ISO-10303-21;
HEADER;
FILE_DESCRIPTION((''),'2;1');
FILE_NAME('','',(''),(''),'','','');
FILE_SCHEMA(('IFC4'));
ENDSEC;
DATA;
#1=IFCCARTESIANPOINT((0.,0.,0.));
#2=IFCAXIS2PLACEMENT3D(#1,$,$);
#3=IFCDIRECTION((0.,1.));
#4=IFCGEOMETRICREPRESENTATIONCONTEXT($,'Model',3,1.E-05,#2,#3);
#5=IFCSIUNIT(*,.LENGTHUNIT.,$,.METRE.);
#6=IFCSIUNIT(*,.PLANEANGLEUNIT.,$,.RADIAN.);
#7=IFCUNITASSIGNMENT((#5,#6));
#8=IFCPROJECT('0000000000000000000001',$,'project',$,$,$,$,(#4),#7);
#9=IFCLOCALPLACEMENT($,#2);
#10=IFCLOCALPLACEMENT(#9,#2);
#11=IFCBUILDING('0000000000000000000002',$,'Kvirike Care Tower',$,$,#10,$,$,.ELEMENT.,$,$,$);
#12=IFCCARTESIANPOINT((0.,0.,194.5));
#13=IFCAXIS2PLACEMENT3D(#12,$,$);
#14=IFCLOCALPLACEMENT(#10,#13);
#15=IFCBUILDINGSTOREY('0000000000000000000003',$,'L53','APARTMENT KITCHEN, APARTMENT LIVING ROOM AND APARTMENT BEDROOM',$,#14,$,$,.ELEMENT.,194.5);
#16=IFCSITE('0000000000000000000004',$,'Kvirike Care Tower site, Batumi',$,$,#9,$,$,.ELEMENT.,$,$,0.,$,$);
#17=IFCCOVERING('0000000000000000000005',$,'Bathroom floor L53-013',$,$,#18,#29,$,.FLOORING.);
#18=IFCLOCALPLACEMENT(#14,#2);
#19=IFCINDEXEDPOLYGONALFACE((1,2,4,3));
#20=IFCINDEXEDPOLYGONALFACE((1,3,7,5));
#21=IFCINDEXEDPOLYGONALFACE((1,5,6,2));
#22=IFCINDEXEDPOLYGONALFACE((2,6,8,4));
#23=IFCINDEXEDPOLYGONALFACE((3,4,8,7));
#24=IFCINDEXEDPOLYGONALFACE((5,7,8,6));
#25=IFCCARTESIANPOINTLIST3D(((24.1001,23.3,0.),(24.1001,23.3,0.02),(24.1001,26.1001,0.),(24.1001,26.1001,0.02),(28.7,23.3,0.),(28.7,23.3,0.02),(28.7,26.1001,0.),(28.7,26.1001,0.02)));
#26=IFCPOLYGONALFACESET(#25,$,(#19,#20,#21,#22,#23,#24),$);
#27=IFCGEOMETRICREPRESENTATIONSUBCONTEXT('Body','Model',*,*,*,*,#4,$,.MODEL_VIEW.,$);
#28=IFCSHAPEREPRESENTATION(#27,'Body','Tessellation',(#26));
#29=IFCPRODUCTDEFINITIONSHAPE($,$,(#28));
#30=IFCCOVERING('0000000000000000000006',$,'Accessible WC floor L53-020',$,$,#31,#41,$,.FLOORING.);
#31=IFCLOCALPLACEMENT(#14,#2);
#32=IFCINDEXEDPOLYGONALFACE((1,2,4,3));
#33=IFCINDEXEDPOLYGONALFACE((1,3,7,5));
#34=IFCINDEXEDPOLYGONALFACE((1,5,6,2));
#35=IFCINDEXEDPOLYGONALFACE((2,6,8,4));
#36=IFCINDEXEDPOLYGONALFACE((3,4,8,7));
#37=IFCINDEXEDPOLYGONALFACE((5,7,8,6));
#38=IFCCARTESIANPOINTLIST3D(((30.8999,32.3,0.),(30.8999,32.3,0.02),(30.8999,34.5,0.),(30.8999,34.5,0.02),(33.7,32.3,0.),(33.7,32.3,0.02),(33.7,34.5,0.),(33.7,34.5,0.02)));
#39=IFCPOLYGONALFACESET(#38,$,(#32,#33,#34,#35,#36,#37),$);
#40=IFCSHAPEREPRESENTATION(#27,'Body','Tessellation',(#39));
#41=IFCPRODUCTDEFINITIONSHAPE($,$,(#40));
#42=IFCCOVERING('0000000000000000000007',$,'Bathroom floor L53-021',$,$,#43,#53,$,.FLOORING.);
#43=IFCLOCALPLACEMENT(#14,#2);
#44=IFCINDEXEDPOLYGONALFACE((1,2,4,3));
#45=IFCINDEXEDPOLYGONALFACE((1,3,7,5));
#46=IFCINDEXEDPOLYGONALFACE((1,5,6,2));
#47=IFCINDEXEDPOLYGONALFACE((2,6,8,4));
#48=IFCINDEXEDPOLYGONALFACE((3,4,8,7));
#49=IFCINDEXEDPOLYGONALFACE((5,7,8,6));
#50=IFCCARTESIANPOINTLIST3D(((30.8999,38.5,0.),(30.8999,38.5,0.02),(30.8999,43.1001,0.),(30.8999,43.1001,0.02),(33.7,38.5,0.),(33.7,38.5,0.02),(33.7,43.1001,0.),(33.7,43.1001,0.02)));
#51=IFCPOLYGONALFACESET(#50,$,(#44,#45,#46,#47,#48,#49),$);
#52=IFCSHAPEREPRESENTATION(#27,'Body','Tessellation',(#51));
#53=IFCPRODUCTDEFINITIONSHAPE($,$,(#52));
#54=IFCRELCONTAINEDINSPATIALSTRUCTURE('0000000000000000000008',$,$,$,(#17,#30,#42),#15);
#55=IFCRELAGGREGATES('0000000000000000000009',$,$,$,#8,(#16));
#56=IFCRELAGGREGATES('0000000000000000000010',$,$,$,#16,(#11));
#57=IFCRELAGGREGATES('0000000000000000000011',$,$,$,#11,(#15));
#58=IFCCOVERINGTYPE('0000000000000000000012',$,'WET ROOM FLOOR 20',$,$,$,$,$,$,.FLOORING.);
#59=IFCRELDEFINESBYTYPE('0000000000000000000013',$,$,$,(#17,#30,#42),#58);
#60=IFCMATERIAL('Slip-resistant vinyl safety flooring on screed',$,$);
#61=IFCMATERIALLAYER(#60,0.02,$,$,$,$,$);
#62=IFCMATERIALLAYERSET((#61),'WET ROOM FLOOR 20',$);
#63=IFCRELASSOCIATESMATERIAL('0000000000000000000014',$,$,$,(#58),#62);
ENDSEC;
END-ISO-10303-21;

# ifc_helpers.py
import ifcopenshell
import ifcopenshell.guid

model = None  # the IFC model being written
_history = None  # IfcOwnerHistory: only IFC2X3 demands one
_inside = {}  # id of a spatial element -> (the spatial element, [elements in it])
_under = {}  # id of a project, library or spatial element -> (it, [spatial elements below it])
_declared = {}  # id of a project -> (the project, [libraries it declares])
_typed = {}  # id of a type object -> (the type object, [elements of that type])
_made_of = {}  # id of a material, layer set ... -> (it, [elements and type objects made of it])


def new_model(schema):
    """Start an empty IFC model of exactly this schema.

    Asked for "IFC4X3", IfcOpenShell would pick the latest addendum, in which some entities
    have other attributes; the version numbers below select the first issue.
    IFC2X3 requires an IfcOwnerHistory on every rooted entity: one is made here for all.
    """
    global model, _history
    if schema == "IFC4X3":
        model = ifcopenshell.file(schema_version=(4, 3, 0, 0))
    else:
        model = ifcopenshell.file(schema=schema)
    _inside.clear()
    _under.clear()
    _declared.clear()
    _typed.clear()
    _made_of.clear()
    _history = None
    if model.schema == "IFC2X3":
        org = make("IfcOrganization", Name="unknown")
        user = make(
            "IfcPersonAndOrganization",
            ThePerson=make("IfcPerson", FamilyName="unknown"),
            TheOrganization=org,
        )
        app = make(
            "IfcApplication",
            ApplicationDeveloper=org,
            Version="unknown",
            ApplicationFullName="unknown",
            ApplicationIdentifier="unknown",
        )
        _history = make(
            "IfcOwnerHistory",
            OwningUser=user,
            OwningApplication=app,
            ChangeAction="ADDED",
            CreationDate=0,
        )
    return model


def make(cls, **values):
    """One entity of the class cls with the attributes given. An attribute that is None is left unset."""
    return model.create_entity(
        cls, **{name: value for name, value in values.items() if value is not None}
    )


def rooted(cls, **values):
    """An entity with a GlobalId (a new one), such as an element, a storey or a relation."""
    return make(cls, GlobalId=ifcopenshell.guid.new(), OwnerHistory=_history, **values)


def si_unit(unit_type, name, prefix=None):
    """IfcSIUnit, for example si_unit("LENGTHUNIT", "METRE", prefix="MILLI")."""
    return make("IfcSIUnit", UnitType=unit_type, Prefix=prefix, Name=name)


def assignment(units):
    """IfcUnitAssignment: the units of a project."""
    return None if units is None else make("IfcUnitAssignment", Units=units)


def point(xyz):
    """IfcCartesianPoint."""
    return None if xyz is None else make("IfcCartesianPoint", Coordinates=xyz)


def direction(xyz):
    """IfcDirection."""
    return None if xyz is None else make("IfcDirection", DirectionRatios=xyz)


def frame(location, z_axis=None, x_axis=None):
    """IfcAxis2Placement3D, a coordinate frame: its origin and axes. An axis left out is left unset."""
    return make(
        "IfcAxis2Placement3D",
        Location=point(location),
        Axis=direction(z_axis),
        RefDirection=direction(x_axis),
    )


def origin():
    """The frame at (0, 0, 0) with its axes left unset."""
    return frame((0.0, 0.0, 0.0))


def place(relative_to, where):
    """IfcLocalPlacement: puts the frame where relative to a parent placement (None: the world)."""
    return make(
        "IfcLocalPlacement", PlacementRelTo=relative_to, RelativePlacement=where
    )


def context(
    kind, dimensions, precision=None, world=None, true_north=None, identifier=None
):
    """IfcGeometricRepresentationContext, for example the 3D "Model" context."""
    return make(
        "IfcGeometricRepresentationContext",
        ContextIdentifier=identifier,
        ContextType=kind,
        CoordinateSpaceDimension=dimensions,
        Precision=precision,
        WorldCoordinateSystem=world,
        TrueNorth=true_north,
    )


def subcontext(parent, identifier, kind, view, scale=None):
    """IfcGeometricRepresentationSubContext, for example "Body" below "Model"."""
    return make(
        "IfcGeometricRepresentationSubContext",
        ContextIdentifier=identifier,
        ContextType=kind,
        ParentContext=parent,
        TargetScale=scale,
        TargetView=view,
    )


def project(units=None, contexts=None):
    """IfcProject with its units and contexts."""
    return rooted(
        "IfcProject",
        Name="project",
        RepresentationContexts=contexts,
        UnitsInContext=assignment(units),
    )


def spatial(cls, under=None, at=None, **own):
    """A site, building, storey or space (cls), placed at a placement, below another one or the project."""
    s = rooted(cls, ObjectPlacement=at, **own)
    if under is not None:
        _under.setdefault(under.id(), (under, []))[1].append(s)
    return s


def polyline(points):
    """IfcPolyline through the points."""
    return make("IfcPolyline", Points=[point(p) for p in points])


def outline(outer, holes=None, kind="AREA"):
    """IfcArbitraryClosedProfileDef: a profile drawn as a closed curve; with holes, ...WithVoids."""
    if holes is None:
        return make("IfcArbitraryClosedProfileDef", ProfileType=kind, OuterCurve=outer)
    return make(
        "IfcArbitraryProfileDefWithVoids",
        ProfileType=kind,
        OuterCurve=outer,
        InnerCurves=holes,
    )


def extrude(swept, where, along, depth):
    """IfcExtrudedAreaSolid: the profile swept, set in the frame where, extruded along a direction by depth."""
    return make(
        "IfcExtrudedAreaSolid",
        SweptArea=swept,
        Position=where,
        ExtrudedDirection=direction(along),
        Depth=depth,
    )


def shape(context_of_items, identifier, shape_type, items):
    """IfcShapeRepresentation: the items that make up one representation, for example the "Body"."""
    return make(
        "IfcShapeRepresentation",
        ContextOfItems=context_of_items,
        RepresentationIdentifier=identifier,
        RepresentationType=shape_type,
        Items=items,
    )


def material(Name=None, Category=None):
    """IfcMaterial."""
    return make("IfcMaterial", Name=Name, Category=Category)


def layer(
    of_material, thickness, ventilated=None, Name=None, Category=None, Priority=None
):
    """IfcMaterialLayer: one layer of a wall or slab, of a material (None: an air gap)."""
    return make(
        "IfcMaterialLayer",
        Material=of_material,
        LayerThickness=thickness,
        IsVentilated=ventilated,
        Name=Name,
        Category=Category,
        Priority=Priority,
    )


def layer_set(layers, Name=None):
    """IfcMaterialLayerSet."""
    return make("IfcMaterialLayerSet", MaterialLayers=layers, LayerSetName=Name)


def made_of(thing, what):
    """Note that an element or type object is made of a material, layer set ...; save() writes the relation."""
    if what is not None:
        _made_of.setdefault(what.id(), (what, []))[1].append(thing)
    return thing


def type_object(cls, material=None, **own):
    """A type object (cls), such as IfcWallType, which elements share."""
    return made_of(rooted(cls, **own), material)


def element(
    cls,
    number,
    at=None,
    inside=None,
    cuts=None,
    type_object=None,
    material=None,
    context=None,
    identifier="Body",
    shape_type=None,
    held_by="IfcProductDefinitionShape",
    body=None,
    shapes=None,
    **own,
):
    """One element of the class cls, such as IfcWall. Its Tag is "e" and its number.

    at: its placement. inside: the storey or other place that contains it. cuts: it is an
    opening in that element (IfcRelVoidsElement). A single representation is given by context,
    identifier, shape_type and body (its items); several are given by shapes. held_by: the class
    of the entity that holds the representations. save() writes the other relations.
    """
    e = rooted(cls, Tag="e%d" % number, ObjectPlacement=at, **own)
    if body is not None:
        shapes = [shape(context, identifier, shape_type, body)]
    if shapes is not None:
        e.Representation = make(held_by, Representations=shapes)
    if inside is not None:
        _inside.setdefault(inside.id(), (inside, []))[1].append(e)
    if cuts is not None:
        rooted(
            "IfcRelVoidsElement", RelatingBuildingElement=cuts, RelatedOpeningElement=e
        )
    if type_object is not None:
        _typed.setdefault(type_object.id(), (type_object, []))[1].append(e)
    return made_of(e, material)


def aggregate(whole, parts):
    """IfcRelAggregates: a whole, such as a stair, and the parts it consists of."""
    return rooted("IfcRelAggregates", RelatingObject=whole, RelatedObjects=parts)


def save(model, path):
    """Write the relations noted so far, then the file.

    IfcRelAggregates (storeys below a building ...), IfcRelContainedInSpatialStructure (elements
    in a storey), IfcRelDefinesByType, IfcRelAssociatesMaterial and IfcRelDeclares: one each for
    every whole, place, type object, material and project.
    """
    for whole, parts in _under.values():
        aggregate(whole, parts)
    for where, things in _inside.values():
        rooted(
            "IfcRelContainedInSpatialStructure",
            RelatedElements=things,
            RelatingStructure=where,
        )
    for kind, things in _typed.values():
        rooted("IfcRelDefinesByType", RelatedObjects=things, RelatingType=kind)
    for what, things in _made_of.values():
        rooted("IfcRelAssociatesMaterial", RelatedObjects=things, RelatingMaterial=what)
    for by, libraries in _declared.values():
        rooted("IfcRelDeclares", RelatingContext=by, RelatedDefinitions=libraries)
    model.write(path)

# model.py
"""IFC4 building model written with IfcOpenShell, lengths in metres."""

from ifc_helpers import new_model, si_unit, direction, frame, origin, place, context, subcontext, project, spatial, polyline, outline, extrude, material, layer, layer_set, type_object, element, save


model = new_model("IFC4")

# Units and contexts
model_context = context("Model", 3, precision=1e-05, world=origin(), true_north=direction((0.0, 1.0)))
body_context = subcontext(model_context, "Body", "Model", "MODEL_VIEW")
ifc_project = project(units=[si_unit("LENGTHUNIT", "METRE"), si_unit("PLANEANGLEUNIT", "RADIAN")], contexts=[model_context])

# Site, building, storey
site_placement = place(None, origin())
site = spatial("IfcSite", under=ifc_project, at=site_placement, Name="Kvirike Care Tower site, Batumi", CompositionType="ELEMENT", RefElevation=0.0)
building_placement = place(site_placement, origin())
building = spatial("IfcBuilding", under=site, at=building_placement, Name="Kvirike Care Tower", CompositionType="ELEMENT")
storey_placement = place(building_placement, frame((0.0, 0.0, 194.5)))
storey = spatial("IfcBuildingStorey", under=building, at=storey_placement, Name="L53", Description="APARTMENT KITCHEN, APARTMENT LIVING ROOM AND APARTMENT BEDROOM", CompositionType="ELEMENT", Elevation=194.5)

# Coverings
ifc_material_1 = material(Name="Slip-resistant vinyl safety flooring on screed")
ifc_layer_1 = layer(ifc_material_1, 0.02)
ifc_layer_set_1 = layer_set([ifc_layer_1], Name="WET ROOM FLOOR 20")
covering_type_1 = type_object("IfcCoveringType", Name="WET ROOM FLOOR 20", PredefinedType="FLOORING", material=ifc_layer_set_1)
covering_1_placement = place(storey_placement, origin())
element("IfcCovering", 1, at=covering_1_placement, inside=storey, type_object=covering_type_1, Name="Bathroom floor L53-013", PredefinedType="FLOORING", context=body_context, shape_type="SweptSolid", body=[
    extrude(outline(polyline([(24.1001, 23.3), (24.1001, 26.1001), (28.7, 26.1001), (28.7, 23.3), (24.1001, 23.3)])), origin(), (0.0, 0.0, 1.0), 0.02),
])
covering_2_placement = place(storey_placement, origin())
element("IfcCovering", 2, at=covering_2_placement, inside=storey, type_object=covering_type_1, Name="Accessible WC floor L53-020", PredefinedType="FLOORING", context=body_context, shape_type="SweptSolid", body=[
    extrude(outline(polyline([(33.7, 32.3), (30.8999, 32.3), (30.8999, 34.5), (33.7, 34.5), (33.7, 32.3)])), origin(), (0.0, 0.0, 1.0), 0.02),
])
covering_3_placement = place(storey_placement, origin())
element("IfcCovering", 3, at=covering_3_placement, inside=storey, type_object=covering_type_1, Name="Bathroom floor L53-021", PredefinedType="FLOORING", context=body_context, shape_type="SweptSolid", body=[
    extrude(outline(polyline([(33.7, 38.5), (30.8999, 38.5), (30.8999, 43.1001), (33.7, 43.1001), (33.7, 38.5)])), origin(), (0.0, 0.0, 1.0), 0.02),
])

save(model, "model.ifc")
